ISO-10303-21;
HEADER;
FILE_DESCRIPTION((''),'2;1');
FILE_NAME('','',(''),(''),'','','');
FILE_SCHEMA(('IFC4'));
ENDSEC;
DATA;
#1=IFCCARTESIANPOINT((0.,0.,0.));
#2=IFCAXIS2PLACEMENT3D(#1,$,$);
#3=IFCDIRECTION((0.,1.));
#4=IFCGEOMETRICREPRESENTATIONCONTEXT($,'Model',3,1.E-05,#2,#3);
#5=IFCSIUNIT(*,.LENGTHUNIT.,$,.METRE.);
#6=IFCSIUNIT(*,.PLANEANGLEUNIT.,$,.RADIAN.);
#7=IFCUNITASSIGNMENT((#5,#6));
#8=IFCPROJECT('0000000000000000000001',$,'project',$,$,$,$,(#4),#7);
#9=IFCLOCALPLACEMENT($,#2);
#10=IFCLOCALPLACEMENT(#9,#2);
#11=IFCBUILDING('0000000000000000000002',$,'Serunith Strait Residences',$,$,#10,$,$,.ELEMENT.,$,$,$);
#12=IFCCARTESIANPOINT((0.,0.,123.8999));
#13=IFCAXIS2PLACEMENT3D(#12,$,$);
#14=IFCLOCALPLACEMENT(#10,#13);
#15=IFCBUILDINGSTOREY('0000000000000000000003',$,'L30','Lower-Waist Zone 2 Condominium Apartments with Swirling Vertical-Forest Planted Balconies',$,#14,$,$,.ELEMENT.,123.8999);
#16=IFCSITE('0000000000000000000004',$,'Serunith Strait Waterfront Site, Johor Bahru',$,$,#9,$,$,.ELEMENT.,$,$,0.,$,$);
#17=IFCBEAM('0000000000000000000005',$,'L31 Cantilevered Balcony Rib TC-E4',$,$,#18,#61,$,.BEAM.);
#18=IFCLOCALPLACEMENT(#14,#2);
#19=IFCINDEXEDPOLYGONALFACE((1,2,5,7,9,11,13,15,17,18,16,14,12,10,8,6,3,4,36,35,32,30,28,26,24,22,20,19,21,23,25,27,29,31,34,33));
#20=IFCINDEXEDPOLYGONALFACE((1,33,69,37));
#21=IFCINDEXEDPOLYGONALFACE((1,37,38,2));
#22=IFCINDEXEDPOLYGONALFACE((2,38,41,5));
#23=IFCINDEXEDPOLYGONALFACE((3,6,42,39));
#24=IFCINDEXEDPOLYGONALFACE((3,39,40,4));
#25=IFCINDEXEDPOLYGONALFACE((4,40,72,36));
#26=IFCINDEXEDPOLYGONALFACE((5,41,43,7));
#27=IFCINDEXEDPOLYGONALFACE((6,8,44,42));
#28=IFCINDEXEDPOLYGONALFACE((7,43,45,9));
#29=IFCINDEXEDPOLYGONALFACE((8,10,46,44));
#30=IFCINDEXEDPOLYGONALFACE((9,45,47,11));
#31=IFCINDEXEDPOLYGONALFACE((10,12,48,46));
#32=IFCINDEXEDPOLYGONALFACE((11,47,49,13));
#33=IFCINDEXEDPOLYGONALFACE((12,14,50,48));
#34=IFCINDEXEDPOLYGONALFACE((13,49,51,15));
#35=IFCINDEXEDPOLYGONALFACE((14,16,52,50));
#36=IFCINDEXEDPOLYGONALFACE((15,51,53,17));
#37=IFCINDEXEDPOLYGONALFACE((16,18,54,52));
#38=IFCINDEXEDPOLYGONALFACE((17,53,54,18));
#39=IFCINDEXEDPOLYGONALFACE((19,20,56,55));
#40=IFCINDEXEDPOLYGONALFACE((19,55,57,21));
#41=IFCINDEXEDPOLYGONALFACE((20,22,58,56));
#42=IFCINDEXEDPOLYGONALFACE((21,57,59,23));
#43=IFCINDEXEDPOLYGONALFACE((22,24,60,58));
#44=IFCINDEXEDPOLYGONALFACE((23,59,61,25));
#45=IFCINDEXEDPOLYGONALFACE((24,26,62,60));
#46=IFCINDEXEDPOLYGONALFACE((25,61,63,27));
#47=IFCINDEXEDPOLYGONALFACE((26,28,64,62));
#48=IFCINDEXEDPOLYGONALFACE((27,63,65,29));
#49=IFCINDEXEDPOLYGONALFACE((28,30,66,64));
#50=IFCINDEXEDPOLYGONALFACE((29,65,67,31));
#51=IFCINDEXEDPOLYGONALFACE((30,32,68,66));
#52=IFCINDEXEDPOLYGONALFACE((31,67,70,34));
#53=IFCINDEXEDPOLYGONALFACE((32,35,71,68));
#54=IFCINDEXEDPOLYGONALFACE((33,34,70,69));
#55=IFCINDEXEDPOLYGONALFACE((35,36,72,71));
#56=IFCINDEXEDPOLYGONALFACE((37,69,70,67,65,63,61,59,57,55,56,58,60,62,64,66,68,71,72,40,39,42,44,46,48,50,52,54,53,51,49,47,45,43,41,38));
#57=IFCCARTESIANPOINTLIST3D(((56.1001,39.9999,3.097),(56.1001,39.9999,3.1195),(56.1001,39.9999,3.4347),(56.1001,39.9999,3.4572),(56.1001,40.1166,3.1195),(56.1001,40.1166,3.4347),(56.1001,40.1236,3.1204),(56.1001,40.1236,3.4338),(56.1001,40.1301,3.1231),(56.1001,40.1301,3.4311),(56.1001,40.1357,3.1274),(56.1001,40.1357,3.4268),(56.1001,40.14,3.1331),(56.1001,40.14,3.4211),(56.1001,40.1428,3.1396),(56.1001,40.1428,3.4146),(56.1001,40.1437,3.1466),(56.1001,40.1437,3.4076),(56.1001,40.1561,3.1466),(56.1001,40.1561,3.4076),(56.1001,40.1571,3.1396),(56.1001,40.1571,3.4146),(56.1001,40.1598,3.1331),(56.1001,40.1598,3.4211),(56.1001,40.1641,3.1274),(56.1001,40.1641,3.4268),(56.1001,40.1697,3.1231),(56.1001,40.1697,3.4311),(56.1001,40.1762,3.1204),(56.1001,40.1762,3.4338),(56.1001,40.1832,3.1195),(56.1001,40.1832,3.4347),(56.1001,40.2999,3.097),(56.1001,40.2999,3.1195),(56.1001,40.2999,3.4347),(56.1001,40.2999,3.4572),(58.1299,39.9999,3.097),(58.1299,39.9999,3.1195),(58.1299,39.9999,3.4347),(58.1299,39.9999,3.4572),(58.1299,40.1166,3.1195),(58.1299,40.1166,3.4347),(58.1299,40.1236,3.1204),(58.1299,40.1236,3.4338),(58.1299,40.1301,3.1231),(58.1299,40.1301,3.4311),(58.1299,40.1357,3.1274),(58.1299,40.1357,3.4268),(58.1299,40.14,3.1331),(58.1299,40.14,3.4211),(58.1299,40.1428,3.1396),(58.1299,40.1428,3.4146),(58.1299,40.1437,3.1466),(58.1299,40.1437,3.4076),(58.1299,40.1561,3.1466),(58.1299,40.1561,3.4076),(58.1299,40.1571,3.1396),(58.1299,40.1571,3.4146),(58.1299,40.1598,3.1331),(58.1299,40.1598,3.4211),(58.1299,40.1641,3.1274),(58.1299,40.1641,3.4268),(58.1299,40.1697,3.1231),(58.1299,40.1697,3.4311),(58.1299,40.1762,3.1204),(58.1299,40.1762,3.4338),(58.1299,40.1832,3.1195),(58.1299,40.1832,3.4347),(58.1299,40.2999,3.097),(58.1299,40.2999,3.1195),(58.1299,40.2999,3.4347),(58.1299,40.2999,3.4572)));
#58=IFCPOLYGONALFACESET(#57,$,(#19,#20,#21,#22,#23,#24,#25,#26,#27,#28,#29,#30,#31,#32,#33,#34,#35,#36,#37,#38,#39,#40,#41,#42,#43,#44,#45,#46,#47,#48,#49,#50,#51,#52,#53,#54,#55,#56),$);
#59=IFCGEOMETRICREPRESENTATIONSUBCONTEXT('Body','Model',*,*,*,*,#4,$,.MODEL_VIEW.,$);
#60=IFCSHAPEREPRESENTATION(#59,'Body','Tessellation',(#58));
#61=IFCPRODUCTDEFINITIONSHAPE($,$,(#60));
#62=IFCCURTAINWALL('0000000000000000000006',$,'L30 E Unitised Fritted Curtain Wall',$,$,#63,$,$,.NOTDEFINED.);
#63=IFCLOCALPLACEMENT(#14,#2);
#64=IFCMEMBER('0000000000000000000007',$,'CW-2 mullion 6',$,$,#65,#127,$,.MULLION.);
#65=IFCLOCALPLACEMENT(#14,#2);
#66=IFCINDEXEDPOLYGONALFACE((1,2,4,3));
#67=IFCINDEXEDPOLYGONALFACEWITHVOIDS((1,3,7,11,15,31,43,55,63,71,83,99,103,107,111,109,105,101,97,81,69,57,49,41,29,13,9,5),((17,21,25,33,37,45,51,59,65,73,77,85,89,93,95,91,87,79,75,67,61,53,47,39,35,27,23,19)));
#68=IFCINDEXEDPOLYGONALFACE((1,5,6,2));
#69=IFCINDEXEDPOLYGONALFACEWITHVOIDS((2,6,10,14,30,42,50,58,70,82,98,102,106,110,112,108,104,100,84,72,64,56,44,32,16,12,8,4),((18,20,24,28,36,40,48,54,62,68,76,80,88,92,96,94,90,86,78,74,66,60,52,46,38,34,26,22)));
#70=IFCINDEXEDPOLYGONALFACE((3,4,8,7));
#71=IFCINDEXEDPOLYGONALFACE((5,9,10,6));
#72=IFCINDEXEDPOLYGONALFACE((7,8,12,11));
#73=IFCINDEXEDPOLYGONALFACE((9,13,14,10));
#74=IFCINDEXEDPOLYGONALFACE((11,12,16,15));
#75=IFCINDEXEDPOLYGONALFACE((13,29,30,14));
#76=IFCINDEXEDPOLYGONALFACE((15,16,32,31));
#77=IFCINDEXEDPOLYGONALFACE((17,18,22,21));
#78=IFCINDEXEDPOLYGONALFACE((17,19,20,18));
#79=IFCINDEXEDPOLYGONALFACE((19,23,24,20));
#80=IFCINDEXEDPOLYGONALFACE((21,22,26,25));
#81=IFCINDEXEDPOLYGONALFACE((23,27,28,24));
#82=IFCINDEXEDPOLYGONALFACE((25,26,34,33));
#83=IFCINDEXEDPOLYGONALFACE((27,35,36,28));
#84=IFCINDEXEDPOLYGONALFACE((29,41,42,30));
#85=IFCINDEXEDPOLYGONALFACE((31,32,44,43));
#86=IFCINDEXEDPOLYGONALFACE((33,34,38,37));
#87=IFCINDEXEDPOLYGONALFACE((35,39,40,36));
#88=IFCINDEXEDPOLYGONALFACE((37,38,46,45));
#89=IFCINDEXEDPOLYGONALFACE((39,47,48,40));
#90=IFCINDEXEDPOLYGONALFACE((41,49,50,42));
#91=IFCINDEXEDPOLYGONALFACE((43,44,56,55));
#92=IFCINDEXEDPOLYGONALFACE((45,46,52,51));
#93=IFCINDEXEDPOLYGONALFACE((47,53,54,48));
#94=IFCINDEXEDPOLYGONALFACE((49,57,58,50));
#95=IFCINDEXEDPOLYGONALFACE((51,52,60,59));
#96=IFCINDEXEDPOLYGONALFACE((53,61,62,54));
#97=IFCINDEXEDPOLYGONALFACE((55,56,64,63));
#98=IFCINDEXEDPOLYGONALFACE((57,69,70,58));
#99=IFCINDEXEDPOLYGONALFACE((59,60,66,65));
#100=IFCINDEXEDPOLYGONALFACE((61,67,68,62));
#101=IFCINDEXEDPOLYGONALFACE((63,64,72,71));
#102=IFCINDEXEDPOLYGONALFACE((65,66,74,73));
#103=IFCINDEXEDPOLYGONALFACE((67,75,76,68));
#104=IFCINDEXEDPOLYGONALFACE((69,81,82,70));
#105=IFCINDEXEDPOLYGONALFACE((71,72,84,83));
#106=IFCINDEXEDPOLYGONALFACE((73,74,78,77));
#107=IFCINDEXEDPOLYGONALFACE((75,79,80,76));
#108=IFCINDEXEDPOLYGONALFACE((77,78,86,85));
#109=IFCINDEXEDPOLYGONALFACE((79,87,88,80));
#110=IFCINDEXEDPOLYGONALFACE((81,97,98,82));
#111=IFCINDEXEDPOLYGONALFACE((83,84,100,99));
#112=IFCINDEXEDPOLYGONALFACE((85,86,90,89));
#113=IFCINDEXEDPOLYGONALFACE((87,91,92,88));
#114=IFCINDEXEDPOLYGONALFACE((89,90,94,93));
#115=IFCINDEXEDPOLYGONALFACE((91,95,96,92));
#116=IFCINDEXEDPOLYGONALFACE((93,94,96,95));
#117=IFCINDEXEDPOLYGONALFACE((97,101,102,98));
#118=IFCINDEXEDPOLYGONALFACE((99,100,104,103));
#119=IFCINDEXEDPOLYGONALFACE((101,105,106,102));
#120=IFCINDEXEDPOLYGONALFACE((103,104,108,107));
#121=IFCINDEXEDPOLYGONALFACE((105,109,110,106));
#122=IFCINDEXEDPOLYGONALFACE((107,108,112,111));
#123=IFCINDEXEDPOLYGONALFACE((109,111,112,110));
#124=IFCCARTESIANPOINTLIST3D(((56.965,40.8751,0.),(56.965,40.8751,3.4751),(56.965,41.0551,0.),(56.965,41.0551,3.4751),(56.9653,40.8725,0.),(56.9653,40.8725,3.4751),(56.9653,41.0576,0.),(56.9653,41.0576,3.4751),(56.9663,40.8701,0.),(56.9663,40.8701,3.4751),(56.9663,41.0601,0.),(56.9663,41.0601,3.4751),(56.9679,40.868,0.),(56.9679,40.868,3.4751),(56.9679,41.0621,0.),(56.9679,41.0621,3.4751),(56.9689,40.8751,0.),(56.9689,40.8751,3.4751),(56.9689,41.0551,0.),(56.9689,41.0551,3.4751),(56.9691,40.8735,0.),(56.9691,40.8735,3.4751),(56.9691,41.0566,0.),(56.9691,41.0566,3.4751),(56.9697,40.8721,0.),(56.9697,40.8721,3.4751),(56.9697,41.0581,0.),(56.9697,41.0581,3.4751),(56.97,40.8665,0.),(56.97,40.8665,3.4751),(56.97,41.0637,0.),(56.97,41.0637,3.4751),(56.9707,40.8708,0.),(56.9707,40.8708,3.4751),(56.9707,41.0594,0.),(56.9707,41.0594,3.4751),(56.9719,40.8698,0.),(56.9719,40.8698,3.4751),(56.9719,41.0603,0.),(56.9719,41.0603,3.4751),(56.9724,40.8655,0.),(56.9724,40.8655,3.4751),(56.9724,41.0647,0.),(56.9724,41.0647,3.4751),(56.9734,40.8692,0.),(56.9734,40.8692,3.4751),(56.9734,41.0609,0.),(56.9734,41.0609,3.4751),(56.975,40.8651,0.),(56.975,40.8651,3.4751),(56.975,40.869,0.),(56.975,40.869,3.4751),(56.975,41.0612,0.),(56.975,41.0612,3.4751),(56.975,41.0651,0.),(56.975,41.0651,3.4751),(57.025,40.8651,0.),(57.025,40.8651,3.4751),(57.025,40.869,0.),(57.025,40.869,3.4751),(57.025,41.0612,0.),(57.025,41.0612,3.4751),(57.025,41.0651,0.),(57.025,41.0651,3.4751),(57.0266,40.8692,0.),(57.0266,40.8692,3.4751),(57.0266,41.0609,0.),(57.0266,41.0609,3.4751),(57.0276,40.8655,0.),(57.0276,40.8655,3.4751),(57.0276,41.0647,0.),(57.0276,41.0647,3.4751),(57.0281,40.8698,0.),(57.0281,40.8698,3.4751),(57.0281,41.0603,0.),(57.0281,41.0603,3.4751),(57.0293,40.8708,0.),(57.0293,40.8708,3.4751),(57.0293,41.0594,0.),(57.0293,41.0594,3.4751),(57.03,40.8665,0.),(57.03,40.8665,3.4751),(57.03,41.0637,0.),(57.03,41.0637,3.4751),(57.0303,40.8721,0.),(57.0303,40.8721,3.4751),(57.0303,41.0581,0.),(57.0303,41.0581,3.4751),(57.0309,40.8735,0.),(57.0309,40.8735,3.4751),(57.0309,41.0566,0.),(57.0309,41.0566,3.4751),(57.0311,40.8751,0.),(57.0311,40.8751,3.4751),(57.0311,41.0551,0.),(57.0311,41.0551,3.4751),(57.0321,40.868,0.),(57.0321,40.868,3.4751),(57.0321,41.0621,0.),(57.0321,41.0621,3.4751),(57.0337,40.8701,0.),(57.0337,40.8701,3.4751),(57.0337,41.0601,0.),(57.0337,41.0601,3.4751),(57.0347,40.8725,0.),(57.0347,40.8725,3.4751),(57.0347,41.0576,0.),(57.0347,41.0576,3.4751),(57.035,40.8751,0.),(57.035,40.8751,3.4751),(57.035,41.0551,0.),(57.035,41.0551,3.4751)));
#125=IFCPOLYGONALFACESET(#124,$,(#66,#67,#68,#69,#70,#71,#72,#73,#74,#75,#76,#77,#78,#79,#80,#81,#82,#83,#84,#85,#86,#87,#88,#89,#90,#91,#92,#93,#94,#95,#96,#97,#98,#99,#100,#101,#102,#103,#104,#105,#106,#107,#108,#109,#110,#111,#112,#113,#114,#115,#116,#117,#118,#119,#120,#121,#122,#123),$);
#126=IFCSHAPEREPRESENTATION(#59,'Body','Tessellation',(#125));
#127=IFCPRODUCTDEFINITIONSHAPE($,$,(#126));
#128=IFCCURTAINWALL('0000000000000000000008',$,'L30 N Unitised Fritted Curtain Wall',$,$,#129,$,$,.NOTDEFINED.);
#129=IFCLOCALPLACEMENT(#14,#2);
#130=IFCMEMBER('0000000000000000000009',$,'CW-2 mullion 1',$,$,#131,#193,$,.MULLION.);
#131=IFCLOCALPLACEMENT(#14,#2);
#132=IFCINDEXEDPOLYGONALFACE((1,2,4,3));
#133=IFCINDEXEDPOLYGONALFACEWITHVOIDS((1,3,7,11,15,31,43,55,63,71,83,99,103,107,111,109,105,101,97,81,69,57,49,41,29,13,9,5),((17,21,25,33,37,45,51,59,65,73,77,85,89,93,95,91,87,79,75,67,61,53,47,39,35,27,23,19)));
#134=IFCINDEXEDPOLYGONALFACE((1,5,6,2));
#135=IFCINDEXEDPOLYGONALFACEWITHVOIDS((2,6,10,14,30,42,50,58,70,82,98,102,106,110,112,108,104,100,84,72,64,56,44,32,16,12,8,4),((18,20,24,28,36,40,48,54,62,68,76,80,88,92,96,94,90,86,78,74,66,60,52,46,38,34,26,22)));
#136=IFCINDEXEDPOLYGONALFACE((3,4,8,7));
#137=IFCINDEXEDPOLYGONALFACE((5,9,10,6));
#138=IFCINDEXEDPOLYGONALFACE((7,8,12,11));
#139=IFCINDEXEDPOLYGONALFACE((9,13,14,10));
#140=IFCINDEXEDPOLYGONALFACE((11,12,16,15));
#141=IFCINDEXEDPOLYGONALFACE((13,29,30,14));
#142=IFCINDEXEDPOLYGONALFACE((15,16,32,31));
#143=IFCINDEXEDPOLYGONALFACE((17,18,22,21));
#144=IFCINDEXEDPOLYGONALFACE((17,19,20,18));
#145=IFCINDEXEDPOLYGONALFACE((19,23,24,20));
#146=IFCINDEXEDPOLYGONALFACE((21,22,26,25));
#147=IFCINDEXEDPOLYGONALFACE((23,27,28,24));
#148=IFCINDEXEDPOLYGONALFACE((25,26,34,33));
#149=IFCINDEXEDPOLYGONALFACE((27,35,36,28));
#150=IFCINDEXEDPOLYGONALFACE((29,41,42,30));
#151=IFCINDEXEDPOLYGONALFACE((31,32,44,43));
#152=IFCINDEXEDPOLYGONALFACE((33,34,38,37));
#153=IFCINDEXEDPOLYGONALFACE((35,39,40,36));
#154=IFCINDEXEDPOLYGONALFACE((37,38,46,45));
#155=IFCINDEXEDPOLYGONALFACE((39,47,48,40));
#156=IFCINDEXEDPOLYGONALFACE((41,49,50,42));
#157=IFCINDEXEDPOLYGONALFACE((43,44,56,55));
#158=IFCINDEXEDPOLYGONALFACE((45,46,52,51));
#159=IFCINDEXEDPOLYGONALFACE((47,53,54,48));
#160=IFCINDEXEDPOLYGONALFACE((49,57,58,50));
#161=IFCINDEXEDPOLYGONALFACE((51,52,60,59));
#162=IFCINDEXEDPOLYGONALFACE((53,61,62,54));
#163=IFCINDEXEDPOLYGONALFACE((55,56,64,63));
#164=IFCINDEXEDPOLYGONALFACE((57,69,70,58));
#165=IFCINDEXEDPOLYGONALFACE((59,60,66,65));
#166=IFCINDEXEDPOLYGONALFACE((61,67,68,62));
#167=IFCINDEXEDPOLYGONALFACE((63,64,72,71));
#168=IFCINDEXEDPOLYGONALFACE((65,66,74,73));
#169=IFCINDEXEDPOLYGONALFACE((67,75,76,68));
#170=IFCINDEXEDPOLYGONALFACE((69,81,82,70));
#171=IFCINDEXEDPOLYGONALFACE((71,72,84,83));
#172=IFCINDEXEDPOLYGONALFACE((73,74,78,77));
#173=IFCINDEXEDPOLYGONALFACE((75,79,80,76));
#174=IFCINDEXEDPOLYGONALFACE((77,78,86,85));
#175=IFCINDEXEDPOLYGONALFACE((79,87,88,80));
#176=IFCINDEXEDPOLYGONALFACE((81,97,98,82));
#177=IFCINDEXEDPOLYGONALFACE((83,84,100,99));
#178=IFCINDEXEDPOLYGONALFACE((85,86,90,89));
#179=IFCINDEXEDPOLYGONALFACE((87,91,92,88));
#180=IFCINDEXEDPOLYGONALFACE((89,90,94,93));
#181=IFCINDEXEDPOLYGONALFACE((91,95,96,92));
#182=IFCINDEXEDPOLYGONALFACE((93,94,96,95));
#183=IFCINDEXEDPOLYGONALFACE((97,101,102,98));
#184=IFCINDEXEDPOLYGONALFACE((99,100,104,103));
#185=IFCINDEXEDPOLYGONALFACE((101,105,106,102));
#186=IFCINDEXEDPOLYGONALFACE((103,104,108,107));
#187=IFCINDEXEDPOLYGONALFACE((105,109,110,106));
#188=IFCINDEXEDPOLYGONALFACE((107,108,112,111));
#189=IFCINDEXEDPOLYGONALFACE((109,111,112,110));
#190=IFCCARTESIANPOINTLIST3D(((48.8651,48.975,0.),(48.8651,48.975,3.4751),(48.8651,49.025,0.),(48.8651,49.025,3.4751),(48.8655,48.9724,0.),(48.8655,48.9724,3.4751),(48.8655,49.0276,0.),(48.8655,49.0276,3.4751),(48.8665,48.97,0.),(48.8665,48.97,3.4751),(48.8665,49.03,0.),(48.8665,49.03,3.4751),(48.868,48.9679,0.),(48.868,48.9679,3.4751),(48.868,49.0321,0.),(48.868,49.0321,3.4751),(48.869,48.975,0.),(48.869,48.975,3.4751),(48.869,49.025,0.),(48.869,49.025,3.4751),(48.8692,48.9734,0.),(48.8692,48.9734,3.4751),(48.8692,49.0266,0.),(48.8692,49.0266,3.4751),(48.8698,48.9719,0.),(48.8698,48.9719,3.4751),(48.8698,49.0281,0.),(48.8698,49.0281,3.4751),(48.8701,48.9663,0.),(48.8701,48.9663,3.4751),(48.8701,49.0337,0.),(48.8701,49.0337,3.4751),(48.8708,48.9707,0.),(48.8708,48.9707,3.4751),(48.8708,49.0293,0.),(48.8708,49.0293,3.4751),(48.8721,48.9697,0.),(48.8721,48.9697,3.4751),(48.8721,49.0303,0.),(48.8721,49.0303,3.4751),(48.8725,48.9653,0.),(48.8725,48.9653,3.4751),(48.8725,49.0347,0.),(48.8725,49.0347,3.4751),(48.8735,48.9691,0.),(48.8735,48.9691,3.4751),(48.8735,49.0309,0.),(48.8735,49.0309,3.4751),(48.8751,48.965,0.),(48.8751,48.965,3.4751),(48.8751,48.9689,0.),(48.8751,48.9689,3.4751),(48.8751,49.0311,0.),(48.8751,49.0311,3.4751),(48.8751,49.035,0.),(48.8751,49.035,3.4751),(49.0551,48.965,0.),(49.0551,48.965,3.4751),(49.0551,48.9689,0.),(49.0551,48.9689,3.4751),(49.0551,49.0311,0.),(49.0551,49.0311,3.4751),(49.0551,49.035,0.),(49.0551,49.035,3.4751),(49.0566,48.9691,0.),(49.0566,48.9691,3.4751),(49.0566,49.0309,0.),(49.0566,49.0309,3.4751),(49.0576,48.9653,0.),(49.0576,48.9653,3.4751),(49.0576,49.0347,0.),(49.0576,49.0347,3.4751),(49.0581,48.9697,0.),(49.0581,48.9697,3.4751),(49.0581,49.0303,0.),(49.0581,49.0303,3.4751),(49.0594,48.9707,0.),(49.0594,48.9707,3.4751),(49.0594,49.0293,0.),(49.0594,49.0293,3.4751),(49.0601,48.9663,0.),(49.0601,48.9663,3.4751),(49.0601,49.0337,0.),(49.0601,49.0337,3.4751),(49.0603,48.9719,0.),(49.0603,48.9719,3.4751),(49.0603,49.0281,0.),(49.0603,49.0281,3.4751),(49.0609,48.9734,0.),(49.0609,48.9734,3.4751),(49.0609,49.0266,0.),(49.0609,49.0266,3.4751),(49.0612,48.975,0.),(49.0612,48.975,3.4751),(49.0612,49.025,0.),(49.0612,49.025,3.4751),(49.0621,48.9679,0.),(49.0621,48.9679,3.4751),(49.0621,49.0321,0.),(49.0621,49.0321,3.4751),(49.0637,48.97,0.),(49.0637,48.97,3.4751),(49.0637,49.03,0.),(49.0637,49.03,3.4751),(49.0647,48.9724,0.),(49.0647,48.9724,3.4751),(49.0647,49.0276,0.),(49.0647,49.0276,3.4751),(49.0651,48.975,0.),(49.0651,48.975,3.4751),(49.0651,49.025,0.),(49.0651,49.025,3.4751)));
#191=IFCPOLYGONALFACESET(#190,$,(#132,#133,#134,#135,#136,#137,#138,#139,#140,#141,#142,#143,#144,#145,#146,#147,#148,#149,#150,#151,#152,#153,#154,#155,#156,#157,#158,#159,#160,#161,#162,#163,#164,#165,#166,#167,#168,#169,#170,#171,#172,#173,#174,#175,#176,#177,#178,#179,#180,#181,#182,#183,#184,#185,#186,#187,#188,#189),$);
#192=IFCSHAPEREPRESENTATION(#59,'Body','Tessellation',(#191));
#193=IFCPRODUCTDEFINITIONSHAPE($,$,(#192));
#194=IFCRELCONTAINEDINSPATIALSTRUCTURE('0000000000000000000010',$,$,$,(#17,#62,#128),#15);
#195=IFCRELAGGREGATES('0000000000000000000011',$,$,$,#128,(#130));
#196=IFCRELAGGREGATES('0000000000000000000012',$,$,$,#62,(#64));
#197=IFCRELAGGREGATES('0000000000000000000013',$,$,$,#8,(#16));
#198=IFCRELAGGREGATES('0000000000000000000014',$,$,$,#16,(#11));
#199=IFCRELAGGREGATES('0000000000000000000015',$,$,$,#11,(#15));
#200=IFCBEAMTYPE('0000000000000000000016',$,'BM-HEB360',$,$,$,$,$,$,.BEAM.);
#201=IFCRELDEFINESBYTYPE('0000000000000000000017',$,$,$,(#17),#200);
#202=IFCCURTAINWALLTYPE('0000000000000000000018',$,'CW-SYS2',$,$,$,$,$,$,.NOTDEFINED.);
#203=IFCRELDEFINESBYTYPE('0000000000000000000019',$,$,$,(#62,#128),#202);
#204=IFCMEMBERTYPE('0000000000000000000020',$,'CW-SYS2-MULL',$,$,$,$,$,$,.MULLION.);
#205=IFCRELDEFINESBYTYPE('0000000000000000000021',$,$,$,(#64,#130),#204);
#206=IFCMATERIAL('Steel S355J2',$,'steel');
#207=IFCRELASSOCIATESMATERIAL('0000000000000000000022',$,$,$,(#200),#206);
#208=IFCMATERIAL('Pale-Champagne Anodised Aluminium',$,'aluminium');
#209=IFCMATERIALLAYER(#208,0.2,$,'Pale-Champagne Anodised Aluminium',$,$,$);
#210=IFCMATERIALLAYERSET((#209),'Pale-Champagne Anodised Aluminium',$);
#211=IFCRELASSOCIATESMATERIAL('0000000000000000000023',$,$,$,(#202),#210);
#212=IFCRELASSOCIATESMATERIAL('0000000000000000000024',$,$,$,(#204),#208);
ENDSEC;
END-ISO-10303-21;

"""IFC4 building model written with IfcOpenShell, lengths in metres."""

from ifc_helpers import new_model, si_unit, direction, frame, origin, origin_2d, place, context, subcontext, project, spatial, hollow_rectangle, i_section, extrude, source, transform, mapped, material, layer, layer_set, material_profile, profile_set, type_object, element, aggregate, save


model = new_model("IFC4")

# Units and contexts
model_context = context("Model", 3, precision=1e-05, world=origin(), true_north=direction((0.0, 1.0)))
body_context = subcontext(model_context, "Body", "Model", "MODEL_VIEW")
ifc_project = project(units=[si_unit("LENGTHUNIT", "METRE"), si_unit("PLANEANGLEUNIT", "RADIAN")], contexts=[model_context])

# Site, building, storey
site_placement = place(None, origin())
site = spatial("IfcSite", under=ifc_project, at=site_placement, Name="Serunith Strait Waterfront Site, Johor Bahru", CompositionType="ELEMENT", RefElevation=0.0)
building_placement = place(site_placement, origin())
building = spatial("IfcBuilding", under=site, at=building_placement, Name="Serunith Strait Residences", CompositionType="ELEMENT")
storey_placement = place(building_placement, frame((0.0, 0.0, 123.8999)))
storey = spatial("IfcBuildingStorey", under=building, at=storey_placement, Name="L30", Description="Lower-Waist Zone 2 Condominium Apartments with Swirling Vertical-Forest Planted Balconies", CompositionType="ELEMENT", Elevation=123.8999)

# Beam
ifc_material_1 = material(Name="Steel S355J2", Category="steel")
ifc_material_profile_1 = material_profile(ifc_material_1, i_section(OverallWidth=0.3, OverallDepth=0.3601, WebThickness=0.0125, FlangeThickness=0.0225, FilletRadius=0.0271, at=origin_2d()), Name="HEB 360")
ifc_profile_set_1 = profile_set([ifc_material_profile_1], Name="Steel S355J2")
beam_type_1 = type_object("IfcBeamType", Name="BM-HEB360", PredefinedType="BEAM", material=ifc_profile_set_1)
shared_shape_1 = source(origin(), body_context, "Body", "SweptSolid", [
    extrude(i_section(OverallWidth=0.3, OverallDepth=0.3601, WebThickness=0.0125, FlangeThickness=0.0225, FilletRadius=0.0271, at=origin_2d()), origin(), (0.0, 0.0, 1.0), 2.0298),
])
beam_1_placement = place(storey_placement, frame((56.1001, 40.1499, 3.2771), z_axis=(1.0, 0.0, 0.0), x_axis=(0.0, 1.0, 0.0)))
element("IfcBeam", 1, at=beam_1_placement, inside=storey, type_object=beam_type_1, Name="L31 Cantilevered Balcony Rib TC-E4", PredefinedType="BEAM", context=body_context, shape_type="MappedRepresentation", body=[
    mapped(shared_shape_1, transform((0.0, 0.0, 0.0), scale=1.0)),
])

# Curtain wall, member
ifc_material_2 = material(Name="Pale-Champagne Anodised Aluminium", Category="aluminium")
ifc_layer_1 = layer(ifc_material_2, 0.2, Name="Pale-Champagne Anodised Aluminium")
ifc_layer_set_1 = layer_set([ifc_layer_1], Name="Pale-Champagne Anodised Aluminium")
curtain_wall_type = type_object("IfcCurtainWallType", Name="CW-SYS2", PredefinedType="NOTDEFINED", material=ifc_layer_set_1)
curtain_wall_1_placement = place(storey_placement, origin())
curtain_wall_1 = element("IfcCurtainWall", 2, at=curtain_wall_1_placement, inside=storey, type_object=curtain_wall_type, Name="L30 E Unitised Fritted Curtain Wall", PredefinedType="NOTDEFINED")
ifc_material_profile_2 = material_profile(ifc_material_2, hollow_rectangle(XDim=0.0701, YDim=0.2, WallThickness=0.0039, InnerFilletRadius=0.0061, OuterFilletRadius=0.01, at=origin_2d()), Name="ALU 200x70x4")
ifc_profile_set_2 = profile_set([ifc_material_profile_2], Name="Pale-Champagne Anodised Aluminium")
member_type_1 = type_object("IfcMemberType", Name="CW-SYS2-MULL", PredefinedType="MULLION", material=ifc_profile_set_2)
shared_shape_2 = source(origin(), body_context, "Body", "SweptSolid", [
    extrude(hollow_rectangle(XDim=0.0701, YDim=0.2, WallThickness=0.0039, InnerFilletRadius=0.0061, OuterFilletRadius=0.01, at=origin_2d()), origin(), (0.0, 0.0, 1.0), 3.4751),
])
member_1_placement = place(storey_placement, frame((57.0, 40.9651, 0.0), z_axis=(0.0, 0.0, 1.0), x_axis=(-1.0, 0.0, 0.0)))
member_1 = element("IfcMember", 3, at=member_1_placement, type_object=member_type_1, Name="CW-2 mullion 6", PredefinedType="MULLION", context=body_context, shape_type="MappedRepresentation", body=[
    mapped(shared_shape_2, transform((0.0, 0.0, 0.0), scale=1.0)),
])

# Curtain wall, member
curtain_wall_2_placement = place(storey_placement, origin())
curtain_wall_2 = element("IfcCurtainWall", 4, at=curtain_wall_2_placement, inside=storey, type_object=curtain_wall_type, Name="L30 N Unitised Fritted Curtain Wall", PredefinedType="NOTDEFINED")
member_2_placement = place(storey_placement, frame((48.9651, 49.0, 0.0), z_axis=(0.0, 0.0, 1.0), x_axis=(0.0, -1.0, 0.0)))
member_2 = element("IfcMember", 5, at=member_2_placement, type_object=member_type_1, Name="CW-2 mullion 1", PredefinedType="MULLION", context=body_context, shape_type="MappedRepresentation", body=[
    mapped(shared_shape_2, transform((0.0, 0.0, 0.0), scale=1.0)),
])
aggregate(curtain_wall_2, [member_2])

aggregate(curtain_wall_1, [member_1])

save(model, "model.ifc")
